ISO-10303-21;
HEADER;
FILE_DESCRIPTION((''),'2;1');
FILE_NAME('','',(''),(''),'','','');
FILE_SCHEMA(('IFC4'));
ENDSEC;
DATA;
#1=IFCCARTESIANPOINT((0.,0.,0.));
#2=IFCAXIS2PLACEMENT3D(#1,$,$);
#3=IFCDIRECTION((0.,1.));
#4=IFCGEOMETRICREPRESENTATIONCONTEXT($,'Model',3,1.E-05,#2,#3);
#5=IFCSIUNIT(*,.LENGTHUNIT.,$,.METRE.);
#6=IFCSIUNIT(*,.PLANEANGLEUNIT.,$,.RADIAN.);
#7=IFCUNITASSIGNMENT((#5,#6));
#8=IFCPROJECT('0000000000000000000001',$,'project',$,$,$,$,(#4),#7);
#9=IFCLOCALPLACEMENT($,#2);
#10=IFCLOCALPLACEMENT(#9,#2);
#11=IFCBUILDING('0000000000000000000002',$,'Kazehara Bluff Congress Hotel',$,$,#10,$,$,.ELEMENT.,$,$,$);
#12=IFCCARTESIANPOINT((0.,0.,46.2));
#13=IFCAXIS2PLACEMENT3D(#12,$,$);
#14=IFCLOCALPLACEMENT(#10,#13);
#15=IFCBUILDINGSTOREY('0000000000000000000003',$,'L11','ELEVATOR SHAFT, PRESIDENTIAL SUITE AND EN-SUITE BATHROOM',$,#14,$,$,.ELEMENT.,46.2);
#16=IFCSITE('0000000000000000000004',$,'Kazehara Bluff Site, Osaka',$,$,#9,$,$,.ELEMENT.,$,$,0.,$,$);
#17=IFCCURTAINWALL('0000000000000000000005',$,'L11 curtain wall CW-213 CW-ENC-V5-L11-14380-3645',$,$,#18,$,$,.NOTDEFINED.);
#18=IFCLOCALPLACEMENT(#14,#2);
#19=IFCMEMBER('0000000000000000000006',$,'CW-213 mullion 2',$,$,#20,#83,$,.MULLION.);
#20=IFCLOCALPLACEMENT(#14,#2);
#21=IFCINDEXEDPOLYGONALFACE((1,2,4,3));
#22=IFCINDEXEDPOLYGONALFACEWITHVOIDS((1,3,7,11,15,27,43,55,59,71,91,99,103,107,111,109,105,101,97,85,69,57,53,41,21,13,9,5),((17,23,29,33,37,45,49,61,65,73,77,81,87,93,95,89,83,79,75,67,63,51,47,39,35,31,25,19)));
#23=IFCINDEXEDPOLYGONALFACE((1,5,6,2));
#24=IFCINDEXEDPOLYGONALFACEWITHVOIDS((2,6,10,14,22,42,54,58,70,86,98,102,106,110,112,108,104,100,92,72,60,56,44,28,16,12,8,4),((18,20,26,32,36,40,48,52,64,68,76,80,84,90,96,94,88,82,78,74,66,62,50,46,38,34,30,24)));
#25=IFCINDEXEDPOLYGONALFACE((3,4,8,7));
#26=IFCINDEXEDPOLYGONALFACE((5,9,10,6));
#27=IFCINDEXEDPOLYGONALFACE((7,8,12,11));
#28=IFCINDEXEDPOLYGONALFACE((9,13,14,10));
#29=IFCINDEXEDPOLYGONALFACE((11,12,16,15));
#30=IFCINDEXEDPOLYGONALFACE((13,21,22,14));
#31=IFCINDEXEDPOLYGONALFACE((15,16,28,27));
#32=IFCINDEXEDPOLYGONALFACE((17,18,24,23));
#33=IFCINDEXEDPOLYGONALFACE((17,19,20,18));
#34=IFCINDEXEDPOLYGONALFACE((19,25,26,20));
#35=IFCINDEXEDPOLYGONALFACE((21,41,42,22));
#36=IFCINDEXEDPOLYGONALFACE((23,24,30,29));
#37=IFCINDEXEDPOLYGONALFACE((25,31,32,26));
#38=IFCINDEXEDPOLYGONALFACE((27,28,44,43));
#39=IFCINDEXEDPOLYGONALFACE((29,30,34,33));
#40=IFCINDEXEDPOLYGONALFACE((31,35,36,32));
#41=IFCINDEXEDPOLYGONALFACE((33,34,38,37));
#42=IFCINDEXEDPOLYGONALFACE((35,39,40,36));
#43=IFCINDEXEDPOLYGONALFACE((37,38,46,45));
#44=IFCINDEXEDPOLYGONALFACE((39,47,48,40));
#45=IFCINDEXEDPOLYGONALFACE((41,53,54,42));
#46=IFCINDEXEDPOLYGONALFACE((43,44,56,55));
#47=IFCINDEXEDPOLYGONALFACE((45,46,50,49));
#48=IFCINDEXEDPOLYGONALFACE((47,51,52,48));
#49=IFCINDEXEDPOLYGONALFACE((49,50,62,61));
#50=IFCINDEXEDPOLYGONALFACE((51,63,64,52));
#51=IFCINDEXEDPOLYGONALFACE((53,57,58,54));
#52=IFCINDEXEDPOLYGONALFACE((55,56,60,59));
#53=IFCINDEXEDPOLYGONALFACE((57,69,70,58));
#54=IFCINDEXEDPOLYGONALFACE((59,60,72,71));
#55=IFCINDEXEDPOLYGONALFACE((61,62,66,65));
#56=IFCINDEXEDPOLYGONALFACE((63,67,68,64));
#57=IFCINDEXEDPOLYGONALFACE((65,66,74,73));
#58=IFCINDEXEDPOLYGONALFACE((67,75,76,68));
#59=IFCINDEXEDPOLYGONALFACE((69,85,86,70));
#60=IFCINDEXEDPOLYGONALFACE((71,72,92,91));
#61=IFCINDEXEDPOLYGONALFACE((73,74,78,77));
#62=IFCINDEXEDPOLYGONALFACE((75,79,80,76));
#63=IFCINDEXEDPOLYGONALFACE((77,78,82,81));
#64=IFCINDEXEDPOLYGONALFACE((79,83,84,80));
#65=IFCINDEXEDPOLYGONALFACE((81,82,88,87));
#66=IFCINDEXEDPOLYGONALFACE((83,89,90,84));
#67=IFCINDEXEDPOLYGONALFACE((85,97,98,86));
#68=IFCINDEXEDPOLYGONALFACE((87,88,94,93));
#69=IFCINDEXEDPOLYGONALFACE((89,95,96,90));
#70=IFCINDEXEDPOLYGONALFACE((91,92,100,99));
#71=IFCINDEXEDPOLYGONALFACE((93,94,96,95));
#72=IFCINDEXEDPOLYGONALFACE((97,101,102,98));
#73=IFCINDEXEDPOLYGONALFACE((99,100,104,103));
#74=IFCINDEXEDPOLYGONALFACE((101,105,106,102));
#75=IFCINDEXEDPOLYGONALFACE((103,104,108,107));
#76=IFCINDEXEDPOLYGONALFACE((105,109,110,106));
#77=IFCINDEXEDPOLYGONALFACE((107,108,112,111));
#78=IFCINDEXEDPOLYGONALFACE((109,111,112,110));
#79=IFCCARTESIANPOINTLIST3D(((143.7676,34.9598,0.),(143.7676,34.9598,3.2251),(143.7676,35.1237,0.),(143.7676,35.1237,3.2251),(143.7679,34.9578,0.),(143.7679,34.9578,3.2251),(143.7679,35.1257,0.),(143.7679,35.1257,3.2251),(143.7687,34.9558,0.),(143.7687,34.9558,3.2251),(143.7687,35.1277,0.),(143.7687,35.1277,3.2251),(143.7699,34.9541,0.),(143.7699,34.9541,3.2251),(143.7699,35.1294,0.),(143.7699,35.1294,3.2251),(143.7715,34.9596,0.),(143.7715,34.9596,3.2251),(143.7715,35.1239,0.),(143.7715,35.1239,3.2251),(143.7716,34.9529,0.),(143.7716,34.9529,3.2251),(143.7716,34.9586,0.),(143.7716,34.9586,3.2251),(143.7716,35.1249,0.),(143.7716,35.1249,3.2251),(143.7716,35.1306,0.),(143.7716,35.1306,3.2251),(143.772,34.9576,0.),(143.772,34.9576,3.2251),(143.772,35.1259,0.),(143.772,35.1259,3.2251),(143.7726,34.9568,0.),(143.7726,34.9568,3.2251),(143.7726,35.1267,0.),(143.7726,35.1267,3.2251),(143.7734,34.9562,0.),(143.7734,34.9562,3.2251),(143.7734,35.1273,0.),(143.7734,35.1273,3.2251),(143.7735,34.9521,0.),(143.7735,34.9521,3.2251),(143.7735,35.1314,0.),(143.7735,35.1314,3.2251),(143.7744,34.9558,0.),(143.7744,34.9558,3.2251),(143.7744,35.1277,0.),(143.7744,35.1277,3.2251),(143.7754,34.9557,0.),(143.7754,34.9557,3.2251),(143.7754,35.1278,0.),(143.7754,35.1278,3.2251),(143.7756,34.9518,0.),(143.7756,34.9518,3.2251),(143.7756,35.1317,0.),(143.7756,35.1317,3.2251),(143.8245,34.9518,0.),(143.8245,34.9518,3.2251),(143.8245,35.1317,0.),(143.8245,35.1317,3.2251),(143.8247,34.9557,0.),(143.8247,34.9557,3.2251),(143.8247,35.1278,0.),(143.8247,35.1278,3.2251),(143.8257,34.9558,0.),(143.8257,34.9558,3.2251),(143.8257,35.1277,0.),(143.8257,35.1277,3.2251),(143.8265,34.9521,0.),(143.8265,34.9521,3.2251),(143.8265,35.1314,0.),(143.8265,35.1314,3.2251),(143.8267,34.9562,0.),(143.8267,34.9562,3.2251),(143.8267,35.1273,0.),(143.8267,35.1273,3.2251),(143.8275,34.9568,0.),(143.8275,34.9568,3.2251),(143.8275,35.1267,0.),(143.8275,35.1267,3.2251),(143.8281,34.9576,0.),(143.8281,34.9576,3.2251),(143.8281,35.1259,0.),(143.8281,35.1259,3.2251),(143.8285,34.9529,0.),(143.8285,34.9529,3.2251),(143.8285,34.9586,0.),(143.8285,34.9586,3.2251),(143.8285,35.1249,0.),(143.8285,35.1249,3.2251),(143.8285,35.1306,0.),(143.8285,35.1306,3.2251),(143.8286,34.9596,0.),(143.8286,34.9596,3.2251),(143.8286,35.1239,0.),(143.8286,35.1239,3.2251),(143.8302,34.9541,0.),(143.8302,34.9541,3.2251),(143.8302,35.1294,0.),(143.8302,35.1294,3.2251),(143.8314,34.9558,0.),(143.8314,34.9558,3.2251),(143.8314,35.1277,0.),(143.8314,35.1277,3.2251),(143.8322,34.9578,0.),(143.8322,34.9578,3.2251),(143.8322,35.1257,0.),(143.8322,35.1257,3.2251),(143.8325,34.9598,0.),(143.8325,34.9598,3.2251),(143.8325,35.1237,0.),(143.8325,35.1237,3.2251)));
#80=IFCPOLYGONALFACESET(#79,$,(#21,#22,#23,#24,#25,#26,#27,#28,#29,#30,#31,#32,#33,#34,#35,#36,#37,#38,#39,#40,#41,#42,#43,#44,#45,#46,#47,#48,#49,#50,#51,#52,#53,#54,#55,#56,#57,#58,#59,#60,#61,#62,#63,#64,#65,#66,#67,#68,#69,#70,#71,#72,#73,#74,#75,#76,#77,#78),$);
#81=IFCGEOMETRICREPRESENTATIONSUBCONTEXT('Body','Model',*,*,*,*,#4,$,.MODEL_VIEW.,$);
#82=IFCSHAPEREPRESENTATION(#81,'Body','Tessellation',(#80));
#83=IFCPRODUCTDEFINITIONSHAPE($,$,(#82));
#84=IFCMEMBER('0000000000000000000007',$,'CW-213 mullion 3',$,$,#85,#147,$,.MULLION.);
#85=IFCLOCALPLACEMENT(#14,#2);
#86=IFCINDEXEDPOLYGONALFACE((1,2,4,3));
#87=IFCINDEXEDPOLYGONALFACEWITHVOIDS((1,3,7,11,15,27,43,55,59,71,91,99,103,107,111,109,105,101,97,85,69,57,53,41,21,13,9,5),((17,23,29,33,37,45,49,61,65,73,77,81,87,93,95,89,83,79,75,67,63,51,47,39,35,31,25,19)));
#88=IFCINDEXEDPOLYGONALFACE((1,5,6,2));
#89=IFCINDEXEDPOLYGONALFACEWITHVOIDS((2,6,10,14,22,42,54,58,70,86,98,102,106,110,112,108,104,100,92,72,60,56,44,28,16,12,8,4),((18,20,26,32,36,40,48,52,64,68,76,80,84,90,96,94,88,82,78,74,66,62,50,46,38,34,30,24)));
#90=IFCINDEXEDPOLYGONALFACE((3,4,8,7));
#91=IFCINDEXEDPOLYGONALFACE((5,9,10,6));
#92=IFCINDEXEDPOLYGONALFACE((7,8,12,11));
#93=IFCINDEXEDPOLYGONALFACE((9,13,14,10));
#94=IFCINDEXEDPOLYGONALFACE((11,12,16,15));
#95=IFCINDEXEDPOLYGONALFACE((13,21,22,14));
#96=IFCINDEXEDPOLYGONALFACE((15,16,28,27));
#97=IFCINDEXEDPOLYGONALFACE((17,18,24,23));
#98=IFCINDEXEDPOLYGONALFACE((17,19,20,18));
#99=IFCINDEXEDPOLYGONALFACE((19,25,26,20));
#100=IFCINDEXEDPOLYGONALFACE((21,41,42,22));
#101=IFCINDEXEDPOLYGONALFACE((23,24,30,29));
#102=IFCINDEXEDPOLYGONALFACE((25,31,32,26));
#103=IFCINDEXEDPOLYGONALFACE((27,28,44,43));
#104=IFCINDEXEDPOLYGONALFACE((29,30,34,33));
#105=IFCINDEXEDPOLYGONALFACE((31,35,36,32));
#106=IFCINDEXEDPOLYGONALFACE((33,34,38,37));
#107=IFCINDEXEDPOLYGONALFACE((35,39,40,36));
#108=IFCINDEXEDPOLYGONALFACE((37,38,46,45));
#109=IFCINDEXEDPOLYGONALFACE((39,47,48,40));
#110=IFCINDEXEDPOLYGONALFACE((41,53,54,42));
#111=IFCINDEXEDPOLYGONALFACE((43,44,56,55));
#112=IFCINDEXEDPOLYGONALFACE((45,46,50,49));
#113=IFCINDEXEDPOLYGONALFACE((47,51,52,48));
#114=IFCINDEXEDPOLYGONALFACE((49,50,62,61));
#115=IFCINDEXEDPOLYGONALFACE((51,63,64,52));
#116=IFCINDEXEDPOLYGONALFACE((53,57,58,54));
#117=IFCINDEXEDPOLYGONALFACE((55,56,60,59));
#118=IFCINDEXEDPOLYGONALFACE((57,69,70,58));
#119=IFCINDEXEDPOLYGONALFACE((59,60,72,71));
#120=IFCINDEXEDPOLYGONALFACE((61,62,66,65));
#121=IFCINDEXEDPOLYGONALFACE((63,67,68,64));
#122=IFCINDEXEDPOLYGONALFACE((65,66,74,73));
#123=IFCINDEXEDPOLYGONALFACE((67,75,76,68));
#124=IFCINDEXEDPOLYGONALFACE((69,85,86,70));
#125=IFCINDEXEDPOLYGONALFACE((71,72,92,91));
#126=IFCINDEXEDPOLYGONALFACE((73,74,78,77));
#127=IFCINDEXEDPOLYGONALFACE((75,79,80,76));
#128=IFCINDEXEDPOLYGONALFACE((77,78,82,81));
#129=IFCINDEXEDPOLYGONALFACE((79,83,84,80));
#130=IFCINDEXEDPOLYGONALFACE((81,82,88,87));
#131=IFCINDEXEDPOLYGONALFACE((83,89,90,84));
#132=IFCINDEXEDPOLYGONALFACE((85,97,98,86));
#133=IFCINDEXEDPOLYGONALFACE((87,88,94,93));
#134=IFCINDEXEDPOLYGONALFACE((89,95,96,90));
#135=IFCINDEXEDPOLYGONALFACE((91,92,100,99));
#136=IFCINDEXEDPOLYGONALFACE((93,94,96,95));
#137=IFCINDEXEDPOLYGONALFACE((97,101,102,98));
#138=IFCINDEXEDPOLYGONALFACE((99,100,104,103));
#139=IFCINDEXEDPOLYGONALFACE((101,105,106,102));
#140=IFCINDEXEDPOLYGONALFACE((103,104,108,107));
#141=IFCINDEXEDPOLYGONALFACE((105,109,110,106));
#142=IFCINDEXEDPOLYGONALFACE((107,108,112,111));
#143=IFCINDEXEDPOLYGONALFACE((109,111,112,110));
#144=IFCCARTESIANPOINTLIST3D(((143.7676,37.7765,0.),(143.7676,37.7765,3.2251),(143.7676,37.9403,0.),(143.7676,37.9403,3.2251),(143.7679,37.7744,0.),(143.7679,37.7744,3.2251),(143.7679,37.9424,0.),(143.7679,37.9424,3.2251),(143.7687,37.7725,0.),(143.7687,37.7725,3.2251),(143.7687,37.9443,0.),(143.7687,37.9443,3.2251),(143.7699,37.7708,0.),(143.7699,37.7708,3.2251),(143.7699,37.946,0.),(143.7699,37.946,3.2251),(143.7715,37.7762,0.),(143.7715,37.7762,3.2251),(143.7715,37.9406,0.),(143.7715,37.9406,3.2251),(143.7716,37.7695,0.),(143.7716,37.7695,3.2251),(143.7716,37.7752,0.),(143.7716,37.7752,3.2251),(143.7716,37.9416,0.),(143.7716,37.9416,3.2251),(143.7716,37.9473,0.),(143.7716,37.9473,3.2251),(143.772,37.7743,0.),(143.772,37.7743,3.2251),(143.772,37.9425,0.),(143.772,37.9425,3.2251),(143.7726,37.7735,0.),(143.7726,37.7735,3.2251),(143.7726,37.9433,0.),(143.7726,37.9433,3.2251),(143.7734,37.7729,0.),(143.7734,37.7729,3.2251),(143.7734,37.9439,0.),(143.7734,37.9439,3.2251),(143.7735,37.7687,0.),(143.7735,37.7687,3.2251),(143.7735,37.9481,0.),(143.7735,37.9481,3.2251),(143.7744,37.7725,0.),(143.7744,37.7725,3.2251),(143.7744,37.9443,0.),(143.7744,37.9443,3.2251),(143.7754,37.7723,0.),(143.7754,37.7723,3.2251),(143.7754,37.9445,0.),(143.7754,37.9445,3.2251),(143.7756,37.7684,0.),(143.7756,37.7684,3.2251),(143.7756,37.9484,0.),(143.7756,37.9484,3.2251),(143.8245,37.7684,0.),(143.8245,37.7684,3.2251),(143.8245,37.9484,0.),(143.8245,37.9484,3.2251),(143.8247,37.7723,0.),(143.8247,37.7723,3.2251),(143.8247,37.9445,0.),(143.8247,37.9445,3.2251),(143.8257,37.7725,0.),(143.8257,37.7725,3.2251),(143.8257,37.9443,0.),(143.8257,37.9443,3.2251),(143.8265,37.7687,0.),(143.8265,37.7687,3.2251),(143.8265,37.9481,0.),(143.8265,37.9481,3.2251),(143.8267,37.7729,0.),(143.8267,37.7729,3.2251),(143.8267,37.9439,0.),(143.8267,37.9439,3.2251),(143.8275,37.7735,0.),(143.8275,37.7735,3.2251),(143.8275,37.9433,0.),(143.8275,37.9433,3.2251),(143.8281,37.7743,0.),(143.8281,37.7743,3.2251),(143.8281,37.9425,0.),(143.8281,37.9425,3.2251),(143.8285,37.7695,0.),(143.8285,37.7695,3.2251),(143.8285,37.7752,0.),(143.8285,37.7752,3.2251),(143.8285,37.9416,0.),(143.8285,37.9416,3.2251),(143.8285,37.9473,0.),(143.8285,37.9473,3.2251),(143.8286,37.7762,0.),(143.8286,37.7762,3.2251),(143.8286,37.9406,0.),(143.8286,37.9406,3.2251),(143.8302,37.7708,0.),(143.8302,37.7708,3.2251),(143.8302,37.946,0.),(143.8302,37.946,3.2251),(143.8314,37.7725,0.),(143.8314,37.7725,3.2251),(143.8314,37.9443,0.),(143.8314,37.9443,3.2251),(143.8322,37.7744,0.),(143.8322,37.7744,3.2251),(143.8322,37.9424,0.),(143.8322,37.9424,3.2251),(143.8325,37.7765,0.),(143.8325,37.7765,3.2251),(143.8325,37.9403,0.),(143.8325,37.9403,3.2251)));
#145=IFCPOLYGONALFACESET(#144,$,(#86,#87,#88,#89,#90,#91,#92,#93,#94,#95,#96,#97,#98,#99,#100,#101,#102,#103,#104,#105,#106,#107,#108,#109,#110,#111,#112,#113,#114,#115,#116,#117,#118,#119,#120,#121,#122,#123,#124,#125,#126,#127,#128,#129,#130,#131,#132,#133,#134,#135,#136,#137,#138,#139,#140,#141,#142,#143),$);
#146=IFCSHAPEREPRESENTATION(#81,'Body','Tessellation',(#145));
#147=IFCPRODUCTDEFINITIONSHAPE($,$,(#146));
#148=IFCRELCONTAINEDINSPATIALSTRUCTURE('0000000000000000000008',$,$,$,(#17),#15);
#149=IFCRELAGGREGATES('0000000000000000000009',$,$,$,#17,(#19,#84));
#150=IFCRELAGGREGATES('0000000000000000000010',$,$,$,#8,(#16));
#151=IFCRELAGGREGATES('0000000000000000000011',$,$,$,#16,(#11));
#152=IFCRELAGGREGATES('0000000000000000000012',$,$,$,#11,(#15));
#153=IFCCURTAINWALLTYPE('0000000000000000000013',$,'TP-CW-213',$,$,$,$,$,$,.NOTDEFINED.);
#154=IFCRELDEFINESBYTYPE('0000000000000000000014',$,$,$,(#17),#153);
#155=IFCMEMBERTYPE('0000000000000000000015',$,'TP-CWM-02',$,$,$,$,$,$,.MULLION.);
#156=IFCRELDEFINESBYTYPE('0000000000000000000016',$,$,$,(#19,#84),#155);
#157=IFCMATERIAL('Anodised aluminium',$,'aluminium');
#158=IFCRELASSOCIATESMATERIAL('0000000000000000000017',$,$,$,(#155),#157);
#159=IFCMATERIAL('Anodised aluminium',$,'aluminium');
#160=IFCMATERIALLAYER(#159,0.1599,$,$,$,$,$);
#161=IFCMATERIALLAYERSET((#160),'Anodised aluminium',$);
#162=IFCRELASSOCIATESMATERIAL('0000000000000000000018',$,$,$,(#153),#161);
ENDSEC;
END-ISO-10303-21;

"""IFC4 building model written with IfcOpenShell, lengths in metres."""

from ifc_helpers import new_model, si_unit, direction, frame, origin, origin_2d, place, context, subcontext, project, spatial, hollow_rectangle, extrude, material, layer, layer_set, material_profile, profile_set, type_object, element, aggregate, save


model = new_model("IFC4")

# Units and contexts
model_context = context("Model", 3, precision=1e-05, world=origin(), true_north=direction((0.0, 1.0)))
body_context = subcontext(model_context, "Body", "Model", "MODEL_VIEW")
ifc_project = project(units=[si_unit("LENGTHUNIT", "METRE"), si_unit("PLANEANGLEUNIT", "RADIAN")], contexts=[model_context])

# Site, building, storey
site_placement = place(None, origin())
site = spatial("IfcSite", under=ifc_project, at=site_placement, Name="Kazehara Bluff Site, Osaka", CompositionType="ELEMENT", RefElevation=0.0)
building_placement = place(site_placement, origin())
building = spatial("IfcBuilding", under=site, at=building_placement, Name="Kazehara Bluff Congress Hotel", CompositionType="ELEMENT")
storey_placement = place(building_placement, frame((0.0, 0.0, 46.2)))
storey = spatial("IfcBuildingStorey", under=building, at=storey_placement, Name="L11", Description="ELEVATOR SHAFT, PRESIDENTIAL SUITE AND EN-SUITE BATHROOM", CompositionType="ELEMENT", Elevation=46.2)

# Curtain wall, members
ifc_material_1 = material(Name="Anodised aluminium", Category="aluminium")
ifc_material_profile_1 = material_profile(ifc_material_1, hollow_rectangle(XDim=0.0649, YDim=0.1799, WallThickness=0.0039, InnerFilletRadius=0.0039, OuterFilletRadius=0.0081, at=origin_2d()))
ifc_profile_set_1 = profile_set([ifc_material_profile_1], Name="Anodised aluminium")
member_type_1 = type_object("IfcMemberType", Name="TP-CWM-02", PredefinedType="MULLION", material=ifc_profile_set_1)
ifc_material_2 = material(Name="Anodised aluminium", Category="aluminium")
ifc_layer_1 = layer(ifc_material_2, 0.1599)
ifc_layer_set_1 = layer_set([ifc_layer_1], Name="Anodised aluminium")
curtain_wall_type_1 = type_object("IfcCurtainWallType", Name="TP-CW-213", PredefinedType="NOTDEFINED", material=ifc_layer_set_1)
curtain_wall_1_placement = place(storey_placement, origin())
curtain_wall_1 = element("IfcCurtainWall", 1, at=curtain_wall_1_placement, inside=storey, type_object=curtain_wall_type_1, Name="L11 curtain wall CW-213 CW-ENC-V5-L11-14380-3645", PredefinedType="NOTDEFINED")
member_1_placement = place(storey_placement, frame((143.8, 35.0417, 0.0), z_axis=(0.0, 0.0, 1.0), x_axis=(-1.0, 0.0, 0.0)))
member_1 = element("IfcMember", 2, at=member_1_placement, type_object=member_type_1, Name="CW-213 mullion 2", PredefinedType="MULLION", context=body_context, shape_type="SweptSolid", body=[
    extrude(hollow_rectangle(XDim=0.0649, YDim=0.1799, WallThickness=0.0039, InnerFilletRadius=0.0039, OuterFilletRadius=0.0081, at=origin_2d()), origin(), (0.0, 0.0, 1.0), 3.2251),
])
member_2_placement = place(storey_placement, frame((143.8, 37.8584, 0.0), z_axis=(0.0, 0.0, 1.0), x_axis=(-1.0, 0.0, 0.0)))
member_2 = element("IfcMember", 3, at=member_2_placement, type_object=member_type_1, Name="CW-213 mullion 3", PredefinedType="MULLION", context=body_context, shape_type="SweptSolid", body=[
    extrude(hollow_rectangle(XDim=0.0649, YDim=0.1799, WallThickness=0.0039, InnerFilletRadius=0.0039, OuterFilletRadius=0.0081, at=origin_2d()), origin(), (0.0, 0.0, 1.0), 3.2251),
])

aggregate(curtain_wall_1, [member_1, member_2])

save(model, "model.ifc")
